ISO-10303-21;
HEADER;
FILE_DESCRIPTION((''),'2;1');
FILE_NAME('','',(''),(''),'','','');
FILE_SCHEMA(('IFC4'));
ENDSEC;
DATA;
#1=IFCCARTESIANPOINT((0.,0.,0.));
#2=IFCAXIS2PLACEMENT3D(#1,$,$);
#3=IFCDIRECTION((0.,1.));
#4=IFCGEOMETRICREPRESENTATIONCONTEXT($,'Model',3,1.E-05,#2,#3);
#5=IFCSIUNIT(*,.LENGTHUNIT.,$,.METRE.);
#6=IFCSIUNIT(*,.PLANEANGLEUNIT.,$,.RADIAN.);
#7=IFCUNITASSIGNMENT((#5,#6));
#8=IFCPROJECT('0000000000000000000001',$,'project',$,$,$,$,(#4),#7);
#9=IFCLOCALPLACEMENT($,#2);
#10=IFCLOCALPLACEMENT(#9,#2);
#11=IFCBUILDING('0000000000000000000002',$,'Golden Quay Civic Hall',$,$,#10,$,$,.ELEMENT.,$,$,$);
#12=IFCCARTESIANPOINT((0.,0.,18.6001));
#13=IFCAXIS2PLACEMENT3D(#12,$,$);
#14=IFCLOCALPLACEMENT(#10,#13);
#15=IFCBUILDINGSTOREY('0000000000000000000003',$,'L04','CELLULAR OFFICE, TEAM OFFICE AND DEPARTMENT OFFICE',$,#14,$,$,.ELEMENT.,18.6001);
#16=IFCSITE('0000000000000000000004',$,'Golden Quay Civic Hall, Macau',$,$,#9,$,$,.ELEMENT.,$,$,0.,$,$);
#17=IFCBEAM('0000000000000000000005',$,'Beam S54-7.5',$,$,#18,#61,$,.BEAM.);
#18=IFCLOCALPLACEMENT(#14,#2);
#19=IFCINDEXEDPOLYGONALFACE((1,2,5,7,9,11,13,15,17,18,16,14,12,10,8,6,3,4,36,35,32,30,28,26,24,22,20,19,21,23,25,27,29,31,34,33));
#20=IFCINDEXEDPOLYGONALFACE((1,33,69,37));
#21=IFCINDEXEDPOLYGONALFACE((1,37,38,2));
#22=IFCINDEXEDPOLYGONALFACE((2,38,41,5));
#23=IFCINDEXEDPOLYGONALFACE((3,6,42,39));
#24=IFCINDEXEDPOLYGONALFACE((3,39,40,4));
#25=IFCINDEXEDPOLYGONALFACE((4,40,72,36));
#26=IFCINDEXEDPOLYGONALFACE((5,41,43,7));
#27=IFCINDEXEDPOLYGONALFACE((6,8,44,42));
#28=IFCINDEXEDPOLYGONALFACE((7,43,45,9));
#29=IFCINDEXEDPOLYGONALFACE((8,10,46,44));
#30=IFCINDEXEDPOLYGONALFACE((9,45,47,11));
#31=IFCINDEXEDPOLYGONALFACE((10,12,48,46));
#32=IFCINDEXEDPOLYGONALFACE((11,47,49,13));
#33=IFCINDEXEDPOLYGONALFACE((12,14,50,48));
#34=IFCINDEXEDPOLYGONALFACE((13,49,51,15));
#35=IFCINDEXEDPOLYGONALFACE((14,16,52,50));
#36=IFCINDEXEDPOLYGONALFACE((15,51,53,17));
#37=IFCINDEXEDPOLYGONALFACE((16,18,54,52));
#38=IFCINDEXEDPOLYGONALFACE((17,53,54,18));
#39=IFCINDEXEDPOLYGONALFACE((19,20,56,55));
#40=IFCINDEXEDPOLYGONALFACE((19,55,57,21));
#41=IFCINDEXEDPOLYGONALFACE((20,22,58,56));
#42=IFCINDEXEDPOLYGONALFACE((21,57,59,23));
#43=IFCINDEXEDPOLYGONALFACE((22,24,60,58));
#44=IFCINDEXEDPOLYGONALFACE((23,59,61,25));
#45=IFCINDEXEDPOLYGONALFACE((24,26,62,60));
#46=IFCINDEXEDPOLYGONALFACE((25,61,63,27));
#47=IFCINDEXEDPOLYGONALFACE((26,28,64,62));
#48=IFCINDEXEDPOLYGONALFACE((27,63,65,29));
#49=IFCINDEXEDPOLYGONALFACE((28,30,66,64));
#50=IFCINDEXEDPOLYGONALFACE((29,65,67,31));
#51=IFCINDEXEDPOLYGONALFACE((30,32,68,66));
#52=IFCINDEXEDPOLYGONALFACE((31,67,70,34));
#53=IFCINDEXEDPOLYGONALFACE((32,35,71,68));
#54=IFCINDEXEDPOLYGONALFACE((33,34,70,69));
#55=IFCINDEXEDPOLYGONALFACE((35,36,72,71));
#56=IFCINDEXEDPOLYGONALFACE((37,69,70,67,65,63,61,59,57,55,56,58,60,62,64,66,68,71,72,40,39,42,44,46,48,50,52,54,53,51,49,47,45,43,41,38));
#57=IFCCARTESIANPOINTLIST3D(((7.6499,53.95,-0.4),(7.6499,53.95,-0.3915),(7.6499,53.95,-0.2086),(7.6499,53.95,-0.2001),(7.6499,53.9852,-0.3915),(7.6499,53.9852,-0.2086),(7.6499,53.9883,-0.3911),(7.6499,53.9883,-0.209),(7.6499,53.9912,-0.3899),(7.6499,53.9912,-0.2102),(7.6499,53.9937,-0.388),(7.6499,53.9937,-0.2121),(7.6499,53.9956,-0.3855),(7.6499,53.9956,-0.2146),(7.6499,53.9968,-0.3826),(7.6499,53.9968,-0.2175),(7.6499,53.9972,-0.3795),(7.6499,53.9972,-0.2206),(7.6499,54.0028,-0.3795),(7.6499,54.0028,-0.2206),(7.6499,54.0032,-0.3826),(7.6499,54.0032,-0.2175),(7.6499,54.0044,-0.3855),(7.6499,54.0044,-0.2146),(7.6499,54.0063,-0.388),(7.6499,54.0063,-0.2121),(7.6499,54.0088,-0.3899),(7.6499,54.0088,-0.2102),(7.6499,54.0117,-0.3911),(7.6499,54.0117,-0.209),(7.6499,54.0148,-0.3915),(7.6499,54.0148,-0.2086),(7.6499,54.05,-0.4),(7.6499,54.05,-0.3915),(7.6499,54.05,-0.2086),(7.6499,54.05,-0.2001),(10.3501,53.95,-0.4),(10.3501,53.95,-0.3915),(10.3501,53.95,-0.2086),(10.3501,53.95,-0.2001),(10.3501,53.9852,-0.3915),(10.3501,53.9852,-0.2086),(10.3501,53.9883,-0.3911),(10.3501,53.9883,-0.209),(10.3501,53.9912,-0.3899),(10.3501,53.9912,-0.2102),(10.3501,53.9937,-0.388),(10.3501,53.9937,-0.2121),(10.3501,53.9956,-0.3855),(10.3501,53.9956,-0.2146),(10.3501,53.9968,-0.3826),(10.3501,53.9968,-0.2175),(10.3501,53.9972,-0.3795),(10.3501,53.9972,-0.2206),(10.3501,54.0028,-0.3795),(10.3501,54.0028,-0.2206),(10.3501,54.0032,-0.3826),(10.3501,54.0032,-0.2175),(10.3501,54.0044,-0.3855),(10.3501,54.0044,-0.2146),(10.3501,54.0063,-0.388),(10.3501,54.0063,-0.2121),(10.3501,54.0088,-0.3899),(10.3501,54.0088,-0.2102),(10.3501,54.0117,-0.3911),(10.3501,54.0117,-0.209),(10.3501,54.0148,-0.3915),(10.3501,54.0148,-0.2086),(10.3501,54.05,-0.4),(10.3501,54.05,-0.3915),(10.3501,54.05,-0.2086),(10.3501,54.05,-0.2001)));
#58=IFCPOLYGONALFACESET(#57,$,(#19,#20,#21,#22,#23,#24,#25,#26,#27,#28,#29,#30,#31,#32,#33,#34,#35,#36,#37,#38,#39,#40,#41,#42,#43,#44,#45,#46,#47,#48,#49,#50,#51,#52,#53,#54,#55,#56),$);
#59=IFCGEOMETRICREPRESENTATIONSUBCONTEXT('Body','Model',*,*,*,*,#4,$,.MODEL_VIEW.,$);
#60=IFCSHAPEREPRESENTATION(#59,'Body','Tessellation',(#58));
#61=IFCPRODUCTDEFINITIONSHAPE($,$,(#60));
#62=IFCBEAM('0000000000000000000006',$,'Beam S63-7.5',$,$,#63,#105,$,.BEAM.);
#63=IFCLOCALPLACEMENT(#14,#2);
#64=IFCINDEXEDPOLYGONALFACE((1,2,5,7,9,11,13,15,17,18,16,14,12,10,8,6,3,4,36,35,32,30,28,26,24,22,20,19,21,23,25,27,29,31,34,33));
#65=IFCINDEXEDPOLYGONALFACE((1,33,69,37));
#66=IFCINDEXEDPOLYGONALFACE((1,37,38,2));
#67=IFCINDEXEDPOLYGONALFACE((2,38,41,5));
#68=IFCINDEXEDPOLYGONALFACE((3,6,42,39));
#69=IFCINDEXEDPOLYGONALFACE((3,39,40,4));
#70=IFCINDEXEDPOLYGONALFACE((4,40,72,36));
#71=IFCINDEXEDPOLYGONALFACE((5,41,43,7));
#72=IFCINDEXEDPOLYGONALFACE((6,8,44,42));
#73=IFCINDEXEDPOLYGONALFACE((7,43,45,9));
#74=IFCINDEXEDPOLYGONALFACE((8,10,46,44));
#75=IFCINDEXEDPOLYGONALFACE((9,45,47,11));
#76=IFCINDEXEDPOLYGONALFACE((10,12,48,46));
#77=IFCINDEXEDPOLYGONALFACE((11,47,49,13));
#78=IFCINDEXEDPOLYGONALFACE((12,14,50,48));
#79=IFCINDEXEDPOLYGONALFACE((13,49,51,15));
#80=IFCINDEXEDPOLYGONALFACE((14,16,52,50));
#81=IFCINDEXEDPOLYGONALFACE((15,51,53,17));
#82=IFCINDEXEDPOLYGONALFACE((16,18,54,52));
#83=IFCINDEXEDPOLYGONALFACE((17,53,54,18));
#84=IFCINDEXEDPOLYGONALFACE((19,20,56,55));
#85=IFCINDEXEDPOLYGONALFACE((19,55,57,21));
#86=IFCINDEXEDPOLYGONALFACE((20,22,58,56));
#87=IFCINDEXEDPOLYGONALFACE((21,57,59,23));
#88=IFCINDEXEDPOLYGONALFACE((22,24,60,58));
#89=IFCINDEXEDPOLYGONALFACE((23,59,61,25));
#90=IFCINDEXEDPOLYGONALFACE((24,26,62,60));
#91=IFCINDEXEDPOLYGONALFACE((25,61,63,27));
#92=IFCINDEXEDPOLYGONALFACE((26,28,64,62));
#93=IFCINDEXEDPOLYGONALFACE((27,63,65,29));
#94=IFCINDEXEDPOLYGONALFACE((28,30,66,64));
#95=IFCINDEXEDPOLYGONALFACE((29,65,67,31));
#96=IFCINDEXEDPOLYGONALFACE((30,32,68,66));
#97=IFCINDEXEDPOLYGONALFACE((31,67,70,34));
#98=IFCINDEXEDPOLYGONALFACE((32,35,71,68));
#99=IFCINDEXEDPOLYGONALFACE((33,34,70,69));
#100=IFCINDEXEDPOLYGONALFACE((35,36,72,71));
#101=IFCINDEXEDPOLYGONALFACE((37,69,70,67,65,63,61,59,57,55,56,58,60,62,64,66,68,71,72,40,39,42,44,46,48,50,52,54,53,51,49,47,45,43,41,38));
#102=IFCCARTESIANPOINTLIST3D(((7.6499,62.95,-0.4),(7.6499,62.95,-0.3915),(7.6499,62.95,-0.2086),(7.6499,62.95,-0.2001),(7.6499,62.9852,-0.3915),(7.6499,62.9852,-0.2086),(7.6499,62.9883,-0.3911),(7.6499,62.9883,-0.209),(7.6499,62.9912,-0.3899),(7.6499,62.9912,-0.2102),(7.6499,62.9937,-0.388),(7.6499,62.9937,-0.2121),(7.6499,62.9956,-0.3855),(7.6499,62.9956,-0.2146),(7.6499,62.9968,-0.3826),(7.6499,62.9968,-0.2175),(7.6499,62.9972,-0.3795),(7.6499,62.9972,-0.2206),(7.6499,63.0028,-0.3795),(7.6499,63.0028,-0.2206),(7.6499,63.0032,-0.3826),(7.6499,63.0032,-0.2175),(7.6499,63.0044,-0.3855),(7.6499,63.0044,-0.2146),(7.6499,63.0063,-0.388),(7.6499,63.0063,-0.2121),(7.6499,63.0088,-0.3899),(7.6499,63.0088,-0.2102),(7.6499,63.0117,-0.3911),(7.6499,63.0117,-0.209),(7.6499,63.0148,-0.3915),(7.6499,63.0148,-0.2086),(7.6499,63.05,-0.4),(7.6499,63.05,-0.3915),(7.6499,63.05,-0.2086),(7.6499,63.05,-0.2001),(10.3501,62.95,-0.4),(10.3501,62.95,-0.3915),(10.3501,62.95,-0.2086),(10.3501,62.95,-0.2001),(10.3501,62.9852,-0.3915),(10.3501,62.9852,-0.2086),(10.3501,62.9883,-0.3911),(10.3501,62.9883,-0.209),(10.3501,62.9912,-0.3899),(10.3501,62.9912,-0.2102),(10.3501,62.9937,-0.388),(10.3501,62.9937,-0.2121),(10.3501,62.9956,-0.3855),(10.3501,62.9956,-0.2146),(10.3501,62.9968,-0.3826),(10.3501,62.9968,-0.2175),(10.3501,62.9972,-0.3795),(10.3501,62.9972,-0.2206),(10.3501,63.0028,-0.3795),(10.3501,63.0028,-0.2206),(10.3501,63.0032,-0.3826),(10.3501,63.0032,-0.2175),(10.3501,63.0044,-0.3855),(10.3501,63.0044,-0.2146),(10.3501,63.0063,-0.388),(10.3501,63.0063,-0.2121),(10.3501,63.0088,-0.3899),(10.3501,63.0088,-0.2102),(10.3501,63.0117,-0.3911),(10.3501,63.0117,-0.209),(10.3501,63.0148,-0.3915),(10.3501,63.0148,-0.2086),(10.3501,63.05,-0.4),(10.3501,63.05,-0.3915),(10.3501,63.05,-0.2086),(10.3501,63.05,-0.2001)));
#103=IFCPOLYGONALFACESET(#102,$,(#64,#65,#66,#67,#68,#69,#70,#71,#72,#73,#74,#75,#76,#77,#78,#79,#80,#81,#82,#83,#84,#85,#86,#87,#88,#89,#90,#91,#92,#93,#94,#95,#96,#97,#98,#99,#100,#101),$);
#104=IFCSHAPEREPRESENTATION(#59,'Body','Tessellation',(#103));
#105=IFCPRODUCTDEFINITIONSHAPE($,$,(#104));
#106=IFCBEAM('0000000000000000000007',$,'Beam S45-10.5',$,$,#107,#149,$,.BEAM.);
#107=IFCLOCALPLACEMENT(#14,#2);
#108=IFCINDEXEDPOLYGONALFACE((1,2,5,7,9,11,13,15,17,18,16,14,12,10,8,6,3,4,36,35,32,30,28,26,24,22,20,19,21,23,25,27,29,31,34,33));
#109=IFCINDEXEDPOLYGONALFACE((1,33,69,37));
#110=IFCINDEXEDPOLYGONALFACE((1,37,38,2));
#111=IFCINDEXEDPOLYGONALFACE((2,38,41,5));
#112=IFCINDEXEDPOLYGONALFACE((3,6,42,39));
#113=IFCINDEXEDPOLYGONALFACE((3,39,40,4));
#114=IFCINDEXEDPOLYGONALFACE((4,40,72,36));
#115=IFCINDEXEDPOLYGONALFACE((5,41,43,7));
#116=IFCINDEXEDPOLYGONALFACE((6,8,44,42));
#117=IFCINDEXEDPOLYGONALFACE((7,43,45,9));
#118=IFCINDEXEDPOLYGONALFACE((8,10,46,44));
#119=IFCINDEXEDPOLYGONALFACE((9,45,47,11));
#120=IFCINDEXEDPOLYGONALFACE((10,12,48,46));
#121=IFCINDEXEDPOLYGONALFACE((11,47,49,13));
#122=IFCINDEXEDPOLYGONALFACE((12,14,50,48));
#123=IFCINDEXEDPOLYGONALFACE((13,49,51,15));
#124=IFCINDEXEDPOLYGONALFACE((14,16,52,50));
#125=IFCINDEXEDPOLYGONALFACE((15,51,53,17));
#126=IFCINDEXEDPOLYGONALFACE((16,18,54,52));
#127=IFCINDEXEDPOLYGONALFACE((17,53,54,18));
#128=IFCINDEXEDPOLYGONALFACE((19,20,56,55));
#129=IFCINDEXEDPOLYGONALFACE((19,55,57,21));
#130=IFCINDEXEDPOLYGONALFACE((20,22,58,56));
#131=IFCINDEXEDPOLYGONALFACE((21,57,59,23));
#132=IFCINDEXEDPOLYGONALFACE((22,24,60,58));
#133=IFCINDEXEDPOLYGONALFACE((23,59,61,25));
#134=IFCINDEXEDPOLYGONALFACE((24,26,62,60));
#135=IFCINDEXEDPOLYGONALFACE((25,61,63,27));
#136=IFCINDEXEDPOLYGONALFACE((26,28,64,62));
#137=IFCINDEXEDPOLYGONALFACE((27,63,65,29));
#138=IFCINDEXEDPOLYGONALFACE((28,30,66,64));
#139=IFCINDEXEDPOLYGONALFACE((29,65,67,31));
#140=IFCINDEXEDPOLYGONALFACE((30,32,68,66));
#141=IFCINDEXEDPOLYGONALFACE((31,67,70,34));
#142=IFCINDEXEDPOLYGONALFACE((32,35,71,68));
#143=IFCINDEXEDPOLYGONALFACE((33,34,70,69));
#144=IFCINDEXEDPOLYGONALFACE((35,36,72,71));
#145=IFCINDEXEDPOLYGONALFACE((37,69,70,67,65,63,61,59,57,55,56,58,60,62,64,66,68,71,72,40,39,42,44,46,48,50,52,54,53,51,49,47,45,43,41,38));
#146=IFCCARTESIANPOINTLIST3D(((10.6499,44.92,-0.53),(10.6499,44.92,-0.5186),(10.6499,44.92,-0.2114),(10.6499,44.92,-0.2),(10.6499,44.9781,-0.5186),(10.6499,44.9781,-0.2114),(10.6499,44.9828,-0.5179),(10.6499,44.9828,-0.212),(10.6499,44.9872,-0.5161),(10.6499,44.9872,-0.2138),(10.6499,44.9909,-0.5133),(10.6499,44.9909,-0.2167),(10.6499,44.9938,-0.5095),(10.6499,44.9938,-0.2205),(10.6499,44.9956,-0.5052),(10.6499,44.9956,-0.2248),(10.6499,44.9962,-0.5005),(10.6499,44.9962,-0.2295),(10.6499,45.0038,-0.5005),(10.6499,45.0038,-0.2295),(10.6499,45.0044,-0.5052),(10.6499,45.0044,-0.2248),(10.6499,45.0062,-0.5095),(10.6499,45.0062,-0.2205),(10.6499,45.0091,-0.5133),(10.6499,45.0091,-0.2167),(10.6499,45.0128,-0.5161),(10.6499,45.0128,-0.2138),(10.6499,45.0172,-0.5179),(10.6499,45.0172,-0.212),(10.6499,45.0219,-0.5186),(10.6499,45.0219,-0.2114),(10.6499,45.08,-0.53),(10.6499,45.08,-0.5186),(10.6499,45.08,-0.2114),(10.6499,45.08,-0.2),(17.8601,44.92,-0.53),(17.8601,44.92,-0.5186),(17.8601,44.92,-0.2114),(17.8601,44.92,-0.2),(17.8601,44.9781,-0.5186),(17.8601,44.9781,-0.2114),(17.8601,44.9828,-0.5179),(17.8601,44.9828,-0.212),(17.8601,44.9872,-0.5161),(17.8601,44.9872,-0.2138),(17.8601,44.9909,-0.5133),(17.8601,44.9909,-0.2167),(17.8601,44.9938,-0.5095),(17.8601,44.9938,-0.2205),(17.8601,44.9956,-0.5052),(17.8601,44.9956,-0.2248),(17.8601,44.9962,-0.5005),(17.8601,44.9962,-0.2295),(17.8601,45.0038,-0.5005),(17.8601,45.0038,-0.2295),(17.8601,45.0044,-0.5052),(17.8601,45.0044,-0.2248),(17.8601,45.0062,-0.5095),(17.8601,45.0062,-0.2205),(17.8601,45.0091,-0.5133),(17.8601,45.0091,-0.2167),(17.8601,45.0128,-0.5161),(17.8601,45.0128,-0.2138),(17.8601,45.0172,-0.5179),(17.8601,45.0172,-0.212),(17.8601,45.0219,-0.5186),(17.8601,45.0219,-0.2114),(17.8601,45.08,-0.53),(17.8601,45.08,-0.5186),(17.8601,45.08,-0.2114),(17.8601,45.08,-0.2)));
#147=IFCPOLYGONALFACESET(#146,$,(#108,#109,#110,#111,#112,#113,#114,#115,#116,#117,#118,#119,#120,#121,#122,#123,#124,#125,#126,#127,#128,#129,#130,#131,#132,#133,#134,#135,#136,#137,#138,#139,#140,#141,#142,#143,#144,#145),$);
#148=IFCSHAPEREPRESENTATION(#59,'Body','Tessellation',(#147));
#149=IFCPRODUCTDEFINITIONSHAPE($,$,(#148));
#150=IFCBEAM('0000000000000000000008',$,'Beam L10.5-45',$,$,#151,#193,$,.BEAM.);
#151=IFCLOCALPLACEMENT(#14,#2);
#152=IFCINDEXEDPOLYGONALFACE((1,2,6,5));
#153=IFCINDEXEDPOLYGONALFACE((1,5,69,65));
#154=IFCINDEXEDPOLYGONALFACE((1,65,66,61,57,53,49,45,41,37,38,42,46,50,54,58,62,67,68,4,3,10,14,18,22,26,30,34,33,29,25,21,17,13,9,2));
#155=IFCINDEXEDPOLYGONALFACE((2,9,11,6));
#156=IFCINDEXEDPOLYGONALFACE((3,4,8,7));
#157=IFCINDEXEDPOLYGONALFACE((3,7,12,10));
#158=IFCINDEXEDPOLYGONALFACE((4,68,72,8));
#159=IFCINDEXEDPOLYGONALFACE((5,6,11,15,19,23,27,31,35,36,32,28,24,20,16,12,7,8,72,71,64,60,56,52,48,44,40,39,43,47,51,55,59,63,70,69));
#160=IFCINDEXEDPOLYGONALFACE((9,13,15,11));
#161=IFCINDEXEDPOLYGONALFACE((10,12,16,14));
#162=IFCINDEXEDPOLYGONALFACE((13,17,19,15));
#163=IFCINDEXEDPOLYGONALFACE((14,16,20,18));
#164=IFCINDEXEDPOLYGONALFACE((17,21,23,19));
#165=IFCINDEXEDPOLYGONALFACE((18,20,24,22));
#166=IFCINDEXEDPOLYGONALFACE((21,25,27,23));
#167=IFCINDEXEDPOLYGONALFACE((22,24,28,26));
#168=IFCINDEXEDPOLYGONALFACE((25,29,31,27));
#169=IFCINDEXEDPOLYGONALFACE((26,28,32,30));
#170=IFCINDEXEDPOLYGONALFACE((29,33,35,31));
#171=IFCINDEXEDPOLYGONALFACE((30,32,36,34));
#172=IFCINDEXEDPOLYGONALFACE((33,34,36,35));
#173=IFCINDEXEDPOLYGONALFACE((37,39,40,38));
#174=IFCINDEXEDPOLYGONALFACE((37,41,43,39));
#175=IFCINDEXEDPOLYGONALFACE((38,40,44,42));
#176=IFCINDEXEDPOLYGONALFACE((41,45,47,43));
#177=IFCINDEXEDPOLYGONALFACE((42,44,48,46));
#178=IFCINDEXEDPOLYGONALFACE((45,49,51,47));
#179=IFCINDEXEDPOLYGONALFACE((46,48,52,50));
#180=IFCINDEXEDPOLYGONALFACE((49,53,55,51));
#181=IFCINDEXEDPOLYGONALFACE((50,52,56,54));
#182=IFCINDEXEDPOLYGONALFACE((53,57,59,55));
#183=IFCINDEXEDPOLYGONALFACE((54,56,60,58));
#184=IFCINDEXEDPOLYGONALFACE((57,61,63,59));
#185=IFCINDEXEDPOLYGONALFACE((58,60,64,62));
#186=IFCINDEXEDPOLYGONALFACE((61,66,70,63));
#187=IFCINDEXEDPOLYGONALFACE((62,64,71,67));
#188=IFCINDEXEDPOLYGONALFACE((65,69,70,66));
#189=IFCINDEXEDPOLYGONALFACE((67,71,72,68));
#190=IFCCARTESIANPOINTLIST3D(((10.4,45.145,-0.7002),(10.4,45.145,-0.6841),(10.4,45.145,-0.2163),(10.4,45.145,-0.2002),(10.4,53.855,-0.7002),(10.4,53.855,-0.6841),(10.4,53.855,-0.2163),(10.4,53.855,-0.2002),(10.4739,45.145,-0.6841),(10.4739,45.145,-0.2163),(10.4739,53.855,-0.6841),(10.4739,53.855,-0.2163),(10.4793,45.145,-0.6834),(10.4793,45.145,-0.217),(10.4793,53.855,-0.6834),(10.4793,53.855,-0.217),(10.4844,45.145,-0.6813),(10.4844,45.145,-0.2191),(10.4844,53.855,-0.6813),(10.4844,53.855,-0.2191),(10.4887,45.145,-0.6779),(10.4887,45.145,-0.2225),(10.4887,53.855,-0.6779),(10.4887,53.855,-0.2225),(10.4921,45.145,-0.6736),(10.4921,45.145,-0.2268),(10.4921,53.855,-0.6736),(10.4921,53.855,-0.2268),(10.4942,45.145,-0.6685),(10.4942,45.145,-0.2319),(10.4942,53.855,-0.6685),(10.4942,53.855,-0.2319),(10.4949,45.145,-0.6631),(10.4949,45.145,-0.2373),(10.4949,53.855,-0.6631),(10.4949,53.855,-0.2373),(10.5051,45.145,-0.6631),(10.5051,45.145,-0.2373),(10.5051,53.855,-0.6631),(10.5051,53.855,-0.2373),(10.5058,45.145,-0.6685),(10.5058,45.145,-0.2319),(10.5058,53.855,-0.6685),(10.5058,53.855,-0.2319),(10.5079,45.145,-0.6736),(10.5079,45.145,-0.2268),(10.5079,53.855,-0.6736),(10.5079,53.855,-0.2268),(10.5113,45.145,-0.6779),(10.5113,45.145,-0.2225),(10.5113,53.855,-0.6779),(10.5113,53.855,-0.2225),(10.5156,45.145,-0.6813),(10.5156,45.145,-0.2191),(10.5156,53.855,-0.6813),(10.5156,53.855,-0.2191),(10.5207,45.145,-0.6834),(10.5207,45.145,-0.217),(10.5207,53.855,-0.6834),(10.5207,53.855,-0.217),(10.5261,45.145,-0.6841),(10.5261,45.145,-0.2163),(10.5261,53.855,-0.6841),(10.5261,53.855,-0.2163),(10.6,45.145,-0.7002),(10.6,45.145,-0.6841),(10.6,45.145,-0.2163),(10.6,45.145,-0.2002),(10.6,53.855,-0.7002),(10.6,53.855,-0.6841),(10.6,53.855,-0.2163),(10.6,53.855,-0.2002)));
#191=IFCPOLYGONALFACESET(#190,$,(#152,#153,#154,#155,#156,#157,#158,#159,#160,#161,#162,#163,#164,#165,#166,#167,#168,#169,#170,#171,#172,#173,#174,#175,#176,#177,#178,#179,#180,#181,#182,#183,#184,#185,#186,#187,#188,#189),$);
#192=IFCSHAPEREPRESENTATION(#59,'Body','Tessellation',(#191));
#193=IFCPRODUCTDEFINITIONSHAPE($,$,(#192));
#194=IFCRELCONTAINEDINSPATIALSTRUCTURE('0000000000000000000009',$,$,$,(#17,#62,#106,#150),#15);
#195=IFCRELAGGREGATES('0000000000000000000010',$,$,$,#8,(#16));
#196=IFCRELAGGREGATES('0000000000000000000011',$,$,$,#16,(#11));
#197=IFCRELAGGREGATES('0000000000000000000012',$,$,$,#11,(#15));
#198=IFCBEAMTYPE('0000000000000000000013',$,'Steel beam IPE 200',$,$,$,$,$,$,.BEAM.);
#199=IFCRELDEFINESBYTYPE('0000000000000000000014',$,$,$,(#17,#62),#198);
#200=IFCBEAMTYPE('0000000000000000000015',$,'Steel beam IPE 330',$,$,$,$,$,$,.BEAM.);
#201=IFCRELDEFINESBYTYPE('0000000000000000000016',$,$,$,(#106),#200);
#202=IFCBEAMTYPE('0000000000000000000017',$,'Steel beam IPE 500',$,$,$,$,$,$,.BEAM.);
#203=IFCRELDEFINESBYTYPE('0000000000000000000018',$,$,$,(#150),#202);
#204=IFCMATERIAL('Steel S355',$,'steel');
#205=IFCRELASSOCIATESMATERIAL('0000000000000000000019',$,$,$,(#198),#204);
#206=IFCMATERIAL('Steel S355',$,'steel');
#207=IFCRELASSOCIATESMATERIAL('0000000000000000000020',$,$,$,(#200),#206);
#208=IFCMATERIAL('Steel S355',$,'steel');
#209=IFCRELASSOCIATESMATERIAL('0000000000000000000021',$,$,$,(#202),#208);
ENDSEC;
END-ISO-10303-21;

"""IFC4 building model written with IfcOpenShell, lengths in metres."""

from ifc_helpers import new_model, si_unit, direction, frame, origin, origin_2d, place, context, subcontext, project, spatial, i_section, extrude, material, material_profile, profile_set, type_object, element, save


model = new_model("IFC4")

# Units and contexts
model_context = context("Model", 3, precision=1e-05, world=origin(), true_north=direction((0.0, 1.0)))
body_context = subcontext(model_context, "Body", "Model", "MODEL_VIEW")
ifc_project = project(units=[si_unit("LENGTHUNIT", "METRE"), si_unit("PLANEANGLEUNIT", "RADIAN")], contexts=[model_context])

# Site, building, storey
site_placement = place(None, origin())
site = spatial("IfcSite", under=ifc_project, at=site_placement, Name="Golden Quay Civic Hall, Macau", CompositionType="ELEMENT", RefElevation=0.0)
building_placement = place(site_placement, origin())
building = spatial("IfcBuilding", under=site, at=building_placement, Name="Golden Quay Civic Hall", CompositionType="ELEMENT")
storey_placement = place(building_placement, frame((0.0, 0.0, 18.6001)))
storey = spatial("IfcBuildingStorey", under=building, at=storey_placement, Name="L04", Description="CELLULAR OFFICE, TEAM OFFICE AND DEPARTMENT OFFICE", CompositionType="ELEMENT", Elevation=18.6001)

# Beams
ifc_material_1 = material(Name="Steel S355", Category="steel")
ifc_material_profile_1 = material_profile(ifc_material_1, i_section(OverallWidth=0.1001, OverallDepth=0.2, WebThickness=0.0056, FlangeThickness=0.0085, FilletRadius=0.012, at=origin_2d()), Name="IPE 200")
ifc_profile_set_1 = profile_set([ifc_material_profile_1], Name="Steel S355")
beam_type_1 = type_object("IfcBeamType", Name="Steel beam IPE 200", PredefinedType="BEAM", material=ifc_profile_set_1)
for number, where, z_axis, x_axis, name in (
    (1, (7.6499, 54.0, -0.3), (1.0, 0.0, 0.0), (0.0, 1.0, 0.0), "Beam S54-7.5"),
    (2, (7.6499, 63.0, -0.3), (1.0, 0.0, 0.0), (0.0, 1.0, 0.0), "Beam S63-7.5"),
):
    element("IfcBeam", number, at=place(storey_placement, frame(where, z_axis=z_axis, x_axis=x_axis)), inside=storey, type_object=beam_type_1, Name=name, PredefinedType="BEAM", context=body_context, shape_type="SweptSolid", body=[
        extrude(i_section(OverallWidth=0.1001, OverallDepth=0.2, WebThickness=0.0056, FlangeThickness=0.0085, FilletRadius=0.012, at=origin_2d()), origin(), (0.0, 0.0, 1.0), 2.7002),
    ])
ifc_material_2 = material(Name="Steel S355", Category="steel")
ifc_material_profile_2 = material_profile(ifc_material_2, i_section(OverallWidth=0.1599, OverallDepth=0.3301, WebThickness=0.0076, FlangeThickness=0.0115, FilletRadius=0.0181, at=origin_2d()), Name="IPE 330")
ifc_profile_set_2 = profile_set([ifc_material_profile_2], Name="Steel S355")
beam_type_2 = type_object("IfcBeamType", Name="Steel beam IPE 330", PredefinedType="BEAM", material=ifc_profile_set_2)
beam_1_placement = place(storey_placement, frame((10.6499, 45.0, -0.365), z_axis=(1.0, 0.0, 0.0), x_axis=(0.0, 1.0, 0.0)))
element("IfcBeam", 3, at=beam_1_placement, inside=storey, type_object=beam_type_2, Name="Beam S45-10.5", PredefinedType="BEAM", context=body_context, shape_type="SweptSolid", body=[
    extrude(i_section(OverallWidth=0.1599, OverallDepth=0.3301, WebThickness=0.0076, FlangeThickness=0.0115, FilletRadius=0.0181, at=origin_2d()), origin(), (0.0, 0.0, 1.0), 7.2102),
])
ifc_material_3 = material(Name="Steel S355", Category="steel")
ifc_material_profile_3 = material_profile(ifc_material_3, i_section(OverallWidth=0.2, OverallDepth=0.5, WebThickness=0.0103, FlangeThickness=0.0161, FilletRadius=0.021, at=origin_2d()), Name="IPE 500")
ifc_profile_set_3 = profile_set([ifc_material_profile_3], Name="Steel S355")
beam_type_3 = type_object("IfcBeamType", Name="Steel beam IPE 500", PredefinedType="BEAM", material=ifc_profile_set_3)
for number, where, z_axis, x_axis, name in (
    (4, (10.5, 45.145, -0.4502), (0.0, 1.0, 0.0), (-1.0, 0.0, 0.0), "Beam L10.5-45"),
):
    element("IfcBeam", number, at=place(storey_placement, frame(where, z_axis=z_axis, x_axis=x_axis)), inside=storey, type_object=beam_type_3, Name=name, PredefinedType="BEAM", context=body_context, shape_type="SweptSolid", body=[
        extrude(i_section(OverallWidth=0.2, OverallDepth=0.5, WebThickness=0.0103, FlangeThickness=0.0161, FilletRadius=0.021, at=origin_2d()), origin(), (0.0, 0.0, 1.0), 8.71),
    ])

save(model, "model.ifc")
